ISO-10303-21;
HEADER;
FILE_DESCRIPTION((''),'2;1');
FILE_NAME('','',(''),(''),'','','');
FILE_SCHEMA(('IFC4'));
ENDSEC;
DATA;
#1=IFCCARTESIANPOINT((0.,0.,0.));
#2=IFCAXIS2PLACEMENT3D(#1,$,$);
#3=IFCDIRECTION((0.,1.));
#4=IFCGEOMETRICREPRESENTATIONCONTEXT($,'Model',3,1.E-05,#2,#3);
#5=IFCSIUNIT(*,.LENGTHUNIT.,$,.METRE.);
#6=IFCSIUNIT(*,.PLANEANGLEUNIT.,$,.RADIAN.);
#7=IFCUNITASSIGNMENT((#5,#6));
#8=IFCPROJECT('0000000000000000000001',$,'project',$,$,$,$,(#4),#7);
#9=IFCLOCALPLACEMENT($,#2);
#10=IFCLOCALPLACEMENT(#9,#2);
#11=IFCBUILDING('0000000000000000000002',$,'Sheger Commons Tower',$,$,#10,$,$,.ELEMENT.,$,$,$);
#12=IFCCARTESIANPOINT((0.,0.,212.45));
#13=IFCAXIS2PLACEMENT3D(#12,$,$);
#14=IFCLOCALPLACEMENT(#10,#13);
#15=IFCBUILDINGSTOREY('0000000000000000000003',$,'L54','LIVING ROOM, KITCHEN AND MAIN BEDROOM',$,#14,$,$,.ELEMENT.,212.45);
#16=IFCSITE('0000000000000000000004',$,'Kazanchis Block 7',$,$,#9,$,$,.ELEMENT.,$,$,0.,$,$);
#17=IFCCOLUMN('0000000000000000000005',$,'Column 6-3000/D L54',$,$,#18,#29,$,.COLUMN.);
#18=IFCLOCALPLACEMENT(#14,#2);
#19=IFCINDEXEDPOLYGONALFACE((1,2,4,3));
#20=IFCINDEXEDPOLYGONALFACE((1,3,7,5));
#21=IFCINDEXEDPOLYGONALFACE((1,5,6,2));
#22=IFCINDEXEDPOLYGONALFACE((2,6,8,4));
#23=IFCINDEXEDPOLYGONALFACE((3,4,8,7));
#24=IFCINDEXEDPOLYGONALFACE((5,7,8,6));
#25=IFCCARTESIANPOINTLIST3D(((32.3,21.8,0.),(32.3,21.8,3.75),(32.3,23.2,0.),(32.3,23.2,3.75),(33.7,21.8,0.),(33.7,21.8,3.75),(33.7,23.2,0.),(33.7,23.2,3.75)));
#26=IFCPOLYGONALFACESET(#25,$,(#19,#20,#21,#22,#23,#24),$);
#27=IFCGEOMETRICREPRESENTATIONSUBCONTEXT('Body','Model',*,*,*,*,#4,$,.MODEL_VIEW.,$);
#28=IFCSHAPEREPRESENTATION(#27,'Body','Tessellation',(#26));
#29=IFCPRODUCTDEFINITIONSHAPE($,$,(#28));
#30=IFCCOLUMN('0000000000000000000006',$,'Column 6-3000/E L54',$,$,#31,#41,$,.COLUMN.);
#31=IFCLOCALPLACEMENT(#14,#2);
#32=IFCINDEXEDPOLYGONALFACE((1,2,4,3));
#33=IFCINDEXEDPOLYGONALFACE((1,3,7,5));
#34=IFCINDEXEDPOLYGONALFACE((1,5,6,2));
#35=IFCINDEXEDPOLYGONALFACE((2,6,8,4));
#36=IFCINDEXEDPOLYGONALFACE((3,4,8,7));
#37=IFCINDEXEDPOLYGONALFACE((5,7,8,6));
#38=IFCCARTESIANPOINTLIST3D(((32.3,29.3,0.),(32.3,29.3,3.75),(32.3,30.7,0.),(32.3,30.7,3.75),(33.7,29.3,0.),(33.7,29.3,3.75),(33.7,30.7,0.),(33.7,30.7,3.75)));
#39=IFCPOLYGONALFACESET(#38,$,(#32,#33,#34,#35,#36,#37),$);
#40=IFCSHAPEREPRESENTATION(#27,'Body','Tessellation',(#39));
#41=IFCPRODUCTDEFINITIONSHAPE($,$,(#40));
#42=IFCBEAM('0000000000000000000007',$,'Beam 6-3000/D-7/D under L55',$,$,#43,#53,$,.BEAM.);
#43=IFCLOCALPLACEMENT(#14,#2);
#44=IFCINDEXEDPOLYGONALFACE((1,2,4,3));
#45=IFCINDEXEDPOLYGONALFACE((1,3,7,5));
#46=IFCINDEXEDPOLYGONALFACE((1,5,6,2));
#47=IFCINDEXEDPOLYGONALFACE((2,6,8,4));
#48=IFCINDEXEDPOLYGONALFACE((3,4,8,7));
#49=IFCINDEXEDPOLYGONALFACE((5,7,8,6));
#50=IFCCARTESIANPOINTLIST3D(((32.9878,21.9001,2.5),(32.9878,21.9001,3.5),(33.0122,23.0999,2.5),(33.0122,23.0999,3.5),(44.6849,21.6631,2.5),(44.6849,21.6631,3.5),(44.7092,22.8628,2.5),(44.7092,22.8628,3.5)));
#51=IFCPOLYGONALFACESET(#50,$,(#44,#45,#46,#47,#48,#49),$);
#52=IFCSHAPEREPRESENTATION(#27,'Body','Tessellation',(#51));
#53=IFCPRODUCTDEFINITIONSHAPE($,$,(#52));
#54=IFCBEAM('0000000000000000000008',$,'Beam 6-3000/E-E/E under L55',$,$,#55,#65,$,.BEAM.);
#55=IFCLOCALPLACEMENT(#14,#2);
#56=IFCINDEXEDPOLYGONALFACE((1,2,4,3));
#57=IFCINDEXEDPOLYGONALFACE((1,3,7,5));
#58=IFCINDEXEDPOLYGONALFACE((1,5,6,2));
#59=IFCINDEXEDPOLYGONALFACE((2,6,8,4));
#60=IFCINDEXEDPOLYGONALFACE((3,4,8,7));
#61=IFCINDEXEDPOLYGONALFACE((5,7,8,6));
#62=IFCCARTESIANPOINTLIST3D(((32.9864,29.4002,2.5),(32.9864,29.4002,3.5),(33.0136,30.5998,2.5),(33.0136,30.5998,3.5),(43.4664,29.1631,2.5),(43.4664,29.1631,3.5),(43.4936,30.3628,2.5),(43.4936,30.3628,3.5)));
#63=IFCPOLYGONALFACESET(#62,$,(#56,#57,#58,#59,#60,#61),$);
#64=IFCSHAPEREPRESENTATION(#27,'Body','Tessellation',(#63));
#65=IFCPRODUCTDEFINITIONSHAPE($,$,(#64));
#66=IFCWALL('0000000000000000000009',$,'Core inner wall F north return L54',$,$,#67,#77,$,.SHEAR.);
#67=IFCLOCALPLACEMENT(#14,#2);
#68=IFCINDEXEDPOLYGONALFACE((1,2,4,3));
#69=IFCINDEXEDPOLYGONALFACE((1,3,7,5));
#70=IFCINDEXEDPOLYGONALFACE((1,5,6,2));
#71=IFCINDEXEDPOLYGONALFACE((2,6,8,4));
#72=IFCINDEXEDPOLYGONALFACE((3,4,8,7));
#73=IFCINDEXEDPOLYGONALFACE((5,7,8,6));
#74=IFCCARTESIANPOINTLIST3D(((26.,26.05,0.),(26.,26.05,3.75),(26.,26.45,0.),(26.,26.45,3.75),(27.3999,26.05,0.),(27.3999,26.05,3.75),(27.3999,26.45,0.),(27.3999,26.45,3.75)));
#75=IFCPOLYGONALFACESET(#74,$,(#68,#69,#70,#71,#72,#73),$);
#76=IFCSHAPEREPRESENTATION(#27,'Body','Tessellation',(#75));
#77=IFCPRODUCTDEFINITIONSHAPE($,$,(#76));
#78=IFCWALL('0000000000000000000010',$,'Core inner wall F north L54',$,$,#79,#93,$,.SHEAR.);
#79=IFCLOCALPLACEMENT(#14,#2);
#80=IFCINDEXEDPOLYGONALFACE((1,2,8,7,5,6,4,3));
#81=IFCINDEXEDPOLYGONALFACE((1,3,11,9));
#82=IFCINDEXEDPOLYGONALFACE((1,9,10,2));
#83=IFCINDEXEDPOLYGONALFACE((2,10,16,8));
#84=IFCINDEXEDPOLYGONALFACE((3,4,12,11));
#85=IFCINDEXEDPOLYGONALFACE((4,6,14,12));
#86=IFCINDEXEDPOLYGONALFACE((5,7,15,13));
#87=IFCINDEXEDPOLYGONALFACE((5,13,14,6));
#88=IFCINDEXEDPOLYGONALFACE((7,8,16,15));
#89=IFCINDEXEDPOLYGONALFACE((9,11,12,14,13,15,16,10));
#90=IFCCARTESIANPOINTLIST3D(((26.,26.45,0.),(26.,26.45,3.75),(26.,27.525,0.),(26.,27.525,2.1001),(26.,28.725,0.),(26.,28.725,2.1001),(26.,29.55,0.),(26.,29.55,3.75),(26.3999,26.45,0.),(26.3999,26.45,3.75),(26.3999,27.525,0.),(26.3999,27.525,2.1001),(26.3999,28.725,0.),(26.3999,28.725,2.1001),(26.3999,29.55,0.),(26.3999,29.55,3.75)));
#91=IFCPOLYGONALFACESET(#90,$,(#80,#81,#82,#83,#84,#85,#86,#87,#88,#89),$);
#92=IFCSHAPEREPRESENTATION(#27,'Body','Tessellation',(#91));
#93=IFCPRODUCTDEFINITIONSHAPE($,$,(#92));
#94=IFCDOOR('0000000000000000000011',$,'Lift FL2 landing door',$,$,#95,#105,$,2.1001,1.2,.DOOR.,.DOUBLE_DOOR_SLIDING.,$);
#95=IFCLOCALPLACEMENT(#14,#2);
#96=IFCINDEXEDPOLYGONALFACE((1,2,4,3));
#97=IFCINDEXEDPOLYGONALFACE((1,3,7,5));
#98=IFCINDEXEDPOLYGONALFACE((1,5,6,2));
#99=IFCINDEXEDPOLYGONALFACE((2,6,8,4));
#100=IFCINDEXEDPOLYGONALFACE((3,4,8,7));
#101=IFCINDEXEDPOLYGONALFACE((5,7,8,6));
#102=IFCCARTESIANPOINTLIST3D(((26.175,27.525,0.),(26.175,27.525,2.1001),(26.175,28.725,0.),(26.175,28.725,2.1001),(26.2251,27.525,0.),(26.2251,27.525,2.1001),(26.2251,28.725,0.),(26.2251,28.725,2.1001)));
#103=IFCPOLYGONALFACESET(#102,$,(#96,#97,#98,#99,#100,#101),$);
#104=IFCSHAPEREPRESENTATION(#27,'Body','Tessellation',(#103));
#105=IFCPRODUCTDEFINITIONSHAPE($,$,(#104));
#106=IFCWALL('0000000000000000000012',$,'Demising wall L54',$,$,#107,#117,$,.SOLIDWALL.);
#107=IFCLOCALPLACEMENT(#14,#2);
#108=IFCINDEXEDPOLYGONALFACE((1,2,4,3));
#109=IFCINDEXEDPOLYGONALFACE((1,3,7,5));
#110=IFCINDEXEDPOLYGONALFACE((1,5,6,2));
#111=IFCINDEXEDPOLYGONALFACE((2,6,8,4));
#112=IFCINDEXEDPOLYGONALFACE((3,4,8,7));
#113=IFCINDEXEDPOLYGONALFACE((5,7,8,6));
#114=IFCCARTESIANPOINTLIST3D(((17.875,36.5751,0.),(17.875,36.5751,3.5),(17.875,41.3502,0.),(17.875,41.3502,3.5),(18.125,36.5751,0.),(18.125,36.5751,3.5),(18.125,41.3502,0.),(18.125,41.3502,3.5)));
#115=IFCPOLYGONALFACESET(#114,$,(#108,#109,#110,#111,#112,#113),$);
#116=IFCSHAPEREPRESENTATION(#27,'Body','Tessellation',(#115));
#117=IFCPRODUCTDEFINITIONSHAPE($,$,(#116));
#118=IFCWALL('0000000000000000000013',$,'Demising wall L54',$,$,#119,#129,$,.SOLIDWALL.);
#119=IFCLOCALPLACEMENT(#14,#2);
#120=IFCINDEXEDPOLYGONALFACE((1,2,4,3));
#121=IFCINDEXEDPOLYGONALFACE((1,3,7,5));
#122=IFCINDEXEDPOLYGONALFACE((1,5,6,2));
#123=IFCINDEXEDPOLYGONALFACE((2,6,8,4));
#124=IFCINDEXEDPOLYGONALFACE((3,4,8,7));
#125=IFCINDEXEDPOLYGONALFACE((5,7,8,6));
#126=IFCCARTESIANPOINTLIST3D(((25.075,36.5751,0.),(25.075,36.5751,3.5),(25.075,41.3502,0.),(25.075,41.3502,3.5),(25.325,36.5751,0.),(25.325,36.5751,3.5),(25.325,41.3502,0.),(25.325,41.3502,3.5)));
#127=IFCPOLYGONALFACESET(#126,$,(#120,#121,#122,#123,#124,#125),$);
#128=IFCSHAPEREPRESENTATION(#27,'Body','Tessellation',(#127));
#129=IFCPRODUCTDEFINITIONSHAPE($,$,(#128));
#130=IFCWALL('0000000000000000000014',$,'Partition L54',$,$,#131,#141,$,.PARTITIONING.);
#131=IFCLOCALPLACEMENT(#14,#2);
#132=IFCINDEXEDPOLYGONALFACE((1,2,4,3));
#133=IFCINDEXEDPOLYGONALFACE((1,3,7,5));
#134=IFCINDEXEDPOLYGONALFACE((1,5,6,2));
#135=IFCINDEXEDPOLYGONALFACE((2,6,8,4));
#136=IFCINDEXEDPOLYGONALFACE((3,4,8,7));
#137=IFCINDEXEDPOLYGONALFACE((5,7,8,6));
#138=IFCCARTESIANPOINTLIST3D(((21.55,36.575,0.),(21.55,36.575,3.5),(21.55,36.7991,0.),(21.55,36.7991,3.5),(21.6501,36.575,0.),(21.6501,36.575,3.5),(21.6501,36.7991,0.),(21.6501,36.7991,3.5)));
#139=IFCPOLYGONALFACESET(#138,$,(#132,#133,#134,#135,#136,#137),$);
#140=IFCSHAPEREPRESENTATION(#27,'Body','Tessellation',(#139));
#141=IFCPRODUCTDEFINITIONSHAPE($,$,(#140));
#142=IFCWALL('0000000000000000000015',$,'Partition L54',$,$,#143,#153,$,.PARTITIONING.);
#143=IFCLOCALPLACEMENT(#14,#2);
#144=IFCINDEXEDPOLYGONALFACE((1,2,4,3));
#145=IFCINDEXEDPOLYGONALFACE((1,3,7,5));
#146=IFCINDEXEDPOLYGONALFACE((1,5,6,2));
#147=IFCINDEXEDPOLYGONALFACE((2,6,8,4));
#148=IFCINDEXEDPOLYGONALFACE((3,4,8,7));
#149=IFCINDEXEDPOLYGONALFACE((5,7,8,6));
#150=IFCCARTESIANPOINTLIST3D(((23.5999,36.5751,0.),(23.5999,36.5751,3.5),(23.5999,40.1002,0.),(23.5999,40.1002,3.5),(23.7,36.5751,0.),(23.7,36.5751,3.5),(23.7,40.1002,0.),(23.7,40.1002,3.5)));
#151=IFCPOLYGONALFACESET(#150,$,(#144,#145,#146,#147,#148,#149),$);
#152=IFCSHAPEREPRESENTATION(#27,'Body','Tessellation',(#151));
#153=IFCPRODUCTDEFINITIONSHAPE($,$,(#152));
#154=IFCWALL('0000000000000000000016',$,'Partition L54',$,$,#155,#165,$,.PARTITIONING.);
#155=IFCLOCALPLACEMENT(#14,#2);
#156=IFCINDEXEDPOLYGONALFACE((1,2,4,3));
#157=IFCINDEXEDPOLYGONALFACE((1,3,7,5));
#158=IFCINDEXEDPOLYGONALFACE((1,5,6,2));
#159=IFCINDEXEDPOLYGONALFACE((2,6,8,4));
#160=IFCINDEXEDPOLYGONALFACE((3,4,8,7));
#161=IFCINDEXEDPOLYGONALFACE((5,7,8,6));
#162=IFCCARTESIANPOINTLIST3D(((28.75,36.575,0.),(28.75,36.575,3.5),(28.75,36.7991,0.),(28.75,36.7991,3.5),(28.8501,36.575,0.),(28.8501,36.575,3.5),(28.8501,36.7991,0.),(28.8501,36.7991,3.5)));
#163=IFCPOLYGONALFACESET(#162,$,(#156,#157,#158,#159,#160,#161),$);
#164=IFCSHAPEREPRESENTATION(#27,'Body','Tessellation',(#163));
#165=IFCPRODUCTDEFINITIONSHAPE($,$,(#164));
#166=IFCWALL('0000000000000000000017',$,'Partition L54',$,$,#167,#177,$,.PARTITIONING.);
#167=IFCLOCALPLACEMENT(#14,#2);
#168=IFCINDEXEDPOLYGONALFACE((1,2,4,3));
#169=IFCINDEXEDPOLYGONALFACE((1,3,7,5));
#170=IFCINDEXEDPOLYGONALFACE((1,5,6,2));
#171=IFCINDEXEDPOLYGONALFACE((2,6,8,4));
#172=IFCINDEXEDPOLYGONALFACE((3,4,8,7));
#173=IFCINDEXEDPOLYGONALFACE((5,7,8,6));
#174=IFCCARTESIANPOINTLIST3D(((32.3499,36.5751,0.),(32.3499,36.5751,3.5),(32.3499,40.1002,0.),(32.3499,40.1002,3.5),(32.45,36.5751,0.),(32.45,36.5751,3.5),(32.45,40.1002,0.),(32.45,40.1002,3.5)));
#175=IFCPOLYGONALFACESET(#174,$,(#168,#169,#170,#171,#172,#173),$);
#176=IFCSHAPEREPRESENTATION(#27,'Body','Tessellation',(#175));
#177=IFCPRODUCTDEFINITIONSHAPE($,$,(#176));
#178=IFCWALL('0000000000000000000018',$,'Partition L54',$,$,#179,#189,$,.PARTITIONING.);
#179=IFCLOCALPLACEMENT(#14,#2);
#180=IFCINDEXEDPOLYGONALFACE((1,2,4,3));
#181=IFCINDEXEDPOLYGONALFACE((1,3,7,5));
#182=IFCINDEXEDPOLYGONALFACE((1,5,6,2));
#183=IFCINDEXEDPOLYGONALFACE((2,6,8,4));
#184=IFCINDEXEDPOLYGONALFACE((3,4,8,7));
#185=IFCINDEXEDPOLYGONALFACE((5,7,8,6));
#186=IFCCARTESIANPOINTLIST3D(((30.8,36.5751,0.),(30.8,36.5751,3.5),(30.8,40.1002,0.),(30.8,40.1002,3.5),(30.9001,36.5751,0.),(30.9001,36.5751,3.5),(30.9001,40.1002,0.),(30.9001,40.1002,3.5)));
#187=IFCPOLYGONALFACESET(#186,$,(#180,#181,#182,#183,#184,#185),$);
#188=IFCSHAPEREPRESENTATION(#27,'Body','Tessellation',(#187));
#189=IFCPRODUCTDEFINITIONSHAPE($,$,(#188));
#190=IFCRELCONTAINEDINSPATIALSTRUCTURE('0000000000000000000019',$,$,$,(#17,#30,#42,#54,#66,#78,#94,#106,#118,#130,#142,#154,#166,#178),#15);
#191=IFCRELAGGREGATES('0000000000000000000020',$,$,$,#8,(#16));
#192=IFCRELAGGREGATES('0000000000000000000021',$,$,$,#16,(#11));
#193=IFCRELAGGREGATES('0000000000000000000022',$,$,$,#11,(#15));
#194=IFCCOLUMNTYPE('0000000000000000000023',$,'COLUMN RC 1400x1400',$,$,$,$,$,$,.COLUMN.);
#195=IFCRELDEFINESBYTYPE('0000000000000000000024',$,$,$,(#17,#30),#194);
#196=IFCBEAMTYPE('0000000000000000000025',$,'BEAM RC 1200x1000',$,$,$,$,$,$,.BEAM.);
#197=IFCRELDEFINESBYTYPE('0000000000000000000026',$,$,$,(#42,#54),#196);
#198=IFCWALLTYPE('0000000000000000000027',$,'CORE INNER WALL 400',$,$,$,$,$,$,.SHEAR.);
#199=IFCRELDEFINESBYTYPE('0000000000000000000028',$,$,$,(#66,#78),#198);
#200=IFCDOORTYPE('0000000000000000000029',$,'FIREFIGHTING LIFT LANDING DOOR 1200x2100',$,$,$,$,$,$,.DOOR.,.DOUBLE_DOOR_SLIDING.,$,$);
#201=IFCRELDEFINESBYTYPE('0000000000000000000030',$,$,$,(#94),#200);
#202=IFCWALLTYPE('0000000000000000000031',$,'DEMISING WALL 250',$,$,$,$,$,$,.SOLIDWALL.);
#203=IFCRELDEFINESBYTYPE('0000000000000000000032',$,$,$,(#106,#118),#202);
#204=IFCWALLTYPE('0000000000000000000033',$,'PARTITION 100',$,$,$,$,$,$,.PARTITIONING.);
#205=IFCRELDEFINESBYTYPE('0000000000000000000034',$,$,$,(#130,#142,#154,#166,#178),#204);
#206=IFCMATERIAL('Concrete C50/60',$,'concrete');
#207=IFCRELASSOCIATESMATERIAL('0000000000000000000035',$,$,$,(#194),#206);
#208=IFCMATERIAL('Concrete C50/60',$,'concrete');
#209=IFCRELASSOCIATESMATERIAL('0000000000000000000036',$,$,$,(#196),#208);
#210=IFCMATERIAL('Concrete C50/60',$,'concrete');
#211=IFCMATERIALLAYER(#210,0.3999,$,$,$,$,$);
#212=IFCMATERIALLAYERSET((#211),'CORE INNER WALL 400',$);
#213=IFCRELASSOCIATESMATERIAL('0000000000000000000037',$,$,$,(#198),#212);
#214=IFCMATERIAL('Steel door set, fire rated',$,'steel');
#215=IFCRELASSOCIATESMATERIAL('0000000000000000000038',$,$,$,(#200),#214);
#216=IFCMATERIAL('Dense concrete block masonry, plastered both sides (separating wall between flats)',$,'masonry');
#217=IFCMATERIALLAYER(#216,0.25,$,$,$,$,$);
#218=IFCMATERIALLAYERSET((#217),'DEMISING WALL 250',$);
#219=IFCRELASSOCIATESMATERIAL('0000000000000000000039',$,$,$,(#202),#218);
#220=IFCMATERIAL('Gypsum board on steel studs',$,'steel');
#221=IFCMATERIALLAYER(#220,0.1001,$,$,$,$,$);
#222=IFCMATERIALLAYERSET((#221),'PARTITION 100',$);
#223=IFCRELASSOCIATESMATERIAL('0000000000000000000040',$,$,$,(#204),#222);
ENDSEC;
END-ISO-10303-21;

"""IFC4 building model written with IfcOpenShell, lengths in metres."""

from ifc_helpers import new_model, si_unit, direction, frame, frame_2d, origin, origin_2d, place, context, subcontext, project, spatial, rectangle, extrude, material, layer, layer_set, material_profile, profile_set, type_object, element, fill, save


model = new_model("IFC4")

# Units and contexts
model_context = context("Model", 3, precision=1e-05, world=origin(), true_north=direction((0.0, 1.0)))
body_context = subcontext(model_context, "Body", "Model", "MODEL_VIEW")
ifc_project = project(units=[si_unit("LENGTHUNIT", "METRE"), si_unit("PLANEANGLEUNIT", "RADIAN")], contexts=[model_context])

# Site, building, storey
site_placement = place(None, origin())
site = spatial("IfcSite", under=ifc_project, at=site_placement, Name="Kazanchis Block 7", CompositionType="ELEMENT", RefElevation=0.0)
building_placement = place(site_placement, origin())
building = spatial("IfcBuilding", under=site, at=building_placement, Name="Sheger Commons Tower", CompositionType="ELEMENT")
storey_placement = place(building_placement, frame((0.0, 0.0, 212.45)))
storey = spatial("IfcBuildingStorey", under=building, at=storey_placement, Name="L54", Description="LIVING ROOM, KITCHEN AND MAIN BEDROOM", CompositionType="ELEMENT", Elevation=212.45)

# Columns
ifc_material_1 = material(Name="Concrete C50/60", Category="concrete")
ifc_material_profile_1 = material_profile(ifc_material_1, rectangle(XDim=1.3999, YDim=1.3999, at=origin_2d()), Name="RC 1400x1400")
ifc_profile_set_1 = profile_set([ifc_material_profile_1], Name="Concrete C50/60")
column_type = type_object("IfcColumnType", Name="COLUMN RC 1400x1400", PredefinedType="COLUMN", material=ifc_profile_set_1)
for number, where, z_axis, x_axis, name in (
    (1, (33.0, 22.5, 0.0), (0.0, 0.0, 1.0), (1.0, 0.0, 0.0), "Column 6-3000/D L54"),
    (2, (33.0, 30.0, 0.0), (0.0, 0.0, 1.0), (1.0, 0.0, 0.0), "Column 6-3000/E L54"),
):
    element("IfcColumn", number, at=place(storey_placement, frame(where, z_axis=z_axis, x_axis=x_axis)), inside=storey, type_object=column_type, Name=name, PredefinedType="COLUMN", context=body_context, shape_type="SweptSolid", body=[
        extrude(rectangle(XDim=1.3999, YDim=1.3999, at=origin_2d()), origin(), (0.0, 0.0, 1.0), 3.75),
    ])

# Beams
ifc_material_2 = material(Name="Concrete C50/60", Category="concrete")
ifc_material_profile_2 = material_profile(ifc_material_2, rectangle(XDim=1.2, YDim=1.0, at=origin_2d()), Name="RC 1200x1000")
ifc_profile_set_2 = profile_set([ifc_material_profile_2], Name="Concrete C50/60")
beam_type = type_object("IfcBeamType", Name="BEAM RC 1200x1000", PredefinedType="BEAM", material=ifc_profile_set_2)
beam_1_placement = place(storey_placement, frame((33.0, 22.5, 3.0), z_axis=(0.999795, -0.020263, 0.0), x_axis=(0.020263, 0.999795, 0.0)))
element("IfcBeam", 3, at=beam_1_placement, inside=storey, type_object=beam_type, Name="Beam 6-3000/D-7/D under L55", PredefinedType="BEAM", context=body_context, shape_type="SweptSolid", body=[
    extrude(rectangle(XDim=1.2, YDim=1.0, at=origin_2d()), origin(), (0.0, 0.0, 1.0), 11.6995),
])
beam_2_placement = place(storey_placement, frame((33.0, 30.0, 3.0), z_axis=(0.999744, -0.022615, 0.0), x_axis=(0.022615, 0.999744, 0.0)))
element("IfcBeam", 4, at=beam_2_placement, inside=storey, type_object=beam_type, Name="Beam 6-3000/E-E/E under L55", PredefinedType="BEAM", context=body_context, shape_type="SweptSolid", body=[
    extrude(rectangle(XDim=1.2, YDim=1.0, at=origin_2d()), origin(), (0.0, 0.0, 1.0), 10.4827),
])

# Wall
ifc_material_3 = material(Name="Concrete C50/60", Category="concrete")
ifc_layer_1 = layer(ifc_material_3, 0.3999)
ifc_layer_set_1 = layer_set([ifc_layer_1], Name="CORE INNER WALL 400")
wall_type_1 = type_object("IfcWallType", Name="CORE INNER WALL 400", PredefinedType="SHEAR", material=ifc_layer_set_1)
wall_1_placement = place(storey_placement, frame((26.0, 26.25, 0.0), z_axis=(0.0, 0.0, 1.0), x_axis=(1.0, 0.0, 0.0)))
element("IfcWall", 5, at=wall_1_placement, inside=storey, type_object=wall_type_1, Name="Core inner wall F north return L54", PredefinedType="SHEAR", context=body_context, shape_type="SweptSolid", body=[
    extrude(rectangle(XDim=1.3999, YDim=0.3999, at=frame_2d((0.7, 0.0))), origin(), (0.0, 0.0, 1.0), 3.75),
])

# Wall, opening, door
wall_2_placement = place(storey_placement, frame((26.2, 26.45, 0.0), z_axis=(0.0, 0.0, 1.0), x_axis=(0.0, 1.0, 0.0)))
wall_2 = element("IfcWall", 6, at=wall_2_placement, inside=storey, type_object=wall_type_1, Name="Core inner wall F north L54", PredefinedType="SHEAR", context=body_context, shape_type="SweptSolid", body=[
    extrude(rectangle(XDim=3.1001, YDim=0.3999, at=frame_2d((1.55, 0.0))), origin(), (0.0, 0.0, 1.0), 3.75),
])
opening_1_placement = place(wall_2_placement, frame((1.075, 0.0, 0.0)))
opening_1 = element("IfcOpeningElement", 7, at=opening_1_placement, cuts=wall_2, PredefinedType="OPENING", context=body_context, shape_type="SweptSolid", body=[
    extrude(rectangle(XDim=1.2, YDim=2.1001, at=frame_2d((0.6001, 1.05))), frame((0.0, 0.21, 0.0), z_axis=(0.0, -1.0, 0.0), x_axis=(1.0, 0.0, 0.0)), (0.0, 0.0, 1.0), 0.4199),
])
ifc_material_4 = material(Name="Steel door set, fire rated", Category="steel")
door_type_1 = type_object("IfcDoorType", Name="FIREFIGHTING LIFT LANDING DOOR 1200x2100", OperationType="DOUBLE_DOOR_SLIDING", PredefinedType="DOOR", material=ifc_material_4)
door_1_placement = place(opening_1_placement, origin())
door_1 = element("IfcDoor", 8, at=door_1_placement, inside=storey, type_object=door_type_1, Name="Lift FL2 landing door", OperationType="DOUBLE_DOOR_SLIDING", OverallHeight=2.1001, OverallWidth=1.2, PredefinedType="DOOR", context=body_context, shape_type="SweptSolid", body=[
    extrude(rectangle(XDim=1.2, YDim=2.1001, at=frame_2d((0.6001, 1.05))), frame((0.0, 0.0249, 0.0), z_axis=(0.0, -1.0, 0.0), x_axis=(1.0, 0.0, 0.0)), (0.0, 0.0, 1.0), 0.05),
])
fill(opening_1, door_1)

# Walls
ifc_material_5 = material(Name="Dense concrete block masonry, plastered both sides (separating wall between flats)", Category="masonry")
ifc_layer_2 = layer(ifc_material_5, 0.25)
ifc_layer_set_2 = layer_set([ifc_layer_2], Name="DEMISING WALL 250")
wall_type_2 = type_object("IfcWallType", Name="DEMISING WALL 250", PredefinedType="SOLIDWALL", material=ifc_layer_set_2)
for number, where, z_axis, x_axis, name in (
    (9, (18.0, 36.575, 0.0), (0.0, 0.0, 1.0), (0.0, 1.0, 0.0), "Demising wall L54"),
    (10, (25.2, 36.575, 0.0), (0.0, 0.0, 1.0), (0.0, 1.0, 0.0), "Demising wall L54"),
):
    element("IfcWall", number, at=place(storey_placement, frame(where, z_axis=z_axis, x_axis=x_axis)), inside=storey, type_object=wall_type_2, Name=name, PredefinedType="SOLIDWALL", context=body_context, shape_type="SweptSolid", body=[
        extrude(rectangle(XDim=4.7751, YDim=0.25, at=frame_2d((2.3877, 0.0))), origin(), (0.0, 0.0, 1.0), 3.5),
    ])
ifc_material_6 = material(Name="Gypsum board on steel studs", Category="steel")
ifc_layer_3 = layer(ifc_material_6, 0.1001)
ifc_layer_set_3 = layer_set([ifc_layer_3], Name="PARTITION 100")
wall_type_3 = type_object("IfcWallType", Name="PARTITION 100", PredefinedType="PARTITIONING", material=ifc_layer_set_3)
wall_3_placement = place(storey_placement, frame((21.6001, 36.575, 0.0), z_axis=(0.0, 0.0, 1.0), x_axis=(0.0, 1.0, 0.0)))
element("IfcWall", 11, at=wall_3_placement, inside=storey, type_object=wall_type_3, Name="Partition L54", PredefinedType="PARTITIONING", context=body_context, shape_type="SweptSolid", body=[
    extrude(rectangle(XDim=0.2241, YDim=0.1001, at=frame_2d((0.1121, 0.0))), origin(), (0.0, 0.0, 1.0), 3.5),
])
wall_4_placement = place(storey_placement, frame((23.6499, 36.575, 0.0), z_axis=(0.0, 0.0, 1.0), x_axis=(0.0, 1.0, 0.0)))
element("IfcWall", 12, at=wall_4_placement, inside=storey, type_object=wall_type_3, Name="Partition L54", PredefinedType="PARTITIONING", context=body_context, shape_type="SweptSolid", body=[
    extrude(rectangle(XDim=3.5251, YDim=0.1001, at=frame_2d((1.7627, 0.0))), origin(), (0.0, 0.0, 1.0), 3.5),
])
wall_5_placement = place(storey_placement, frame((28.8, 36.575, 0.0), z_axis=(0.0, 0.0, 1.0), x_axis=(0.0, 1.0, 0.0)))
element("IfcWall", 13, at=wall_5_placement, inside=storey, type_object=wall_type_3, Name="Partition L54", PredefinedType="PARTITIONING", context=body_context, shape_type="SweptSolid", body=[
    extrude(rectangle(XDim=0.2241, YDim=0.1001, at=frame_2d((0.1121, 0.0))), origin(), (0.0, 0.0, 1.0), 3.5),
])
for number, where, z_axis, x_axis, name in (
    (14, (32.3999, 36.575, 0.0), (0.0, 0.0, 1.0), (0.0, 1.0, 0.0), "Partition L54"),
    (15, (30.8501, 36.575, 0.0), (0.0, 0.0, 1.0), (0.0, 1.0, 0.0), "Partition L54"),
):
    element("IfcWall", number, at=place(storey_placement, frame(where, z_axis=z_axis, x_axis=x_axis)), inside=storey, type_object=wall_type_3, Name=name, PredefinedType="PARTITIONING", context=body_context, shape_type="SweptSolid", body=[
        extrude(rectangle(XDim=3.5251, YDim=0.1001, at=frame_2d((1.7627, 0.0))), origin(), (0.0, 0.0, 1.0), 3.5),
    ])

save(model, "model.ifc")
